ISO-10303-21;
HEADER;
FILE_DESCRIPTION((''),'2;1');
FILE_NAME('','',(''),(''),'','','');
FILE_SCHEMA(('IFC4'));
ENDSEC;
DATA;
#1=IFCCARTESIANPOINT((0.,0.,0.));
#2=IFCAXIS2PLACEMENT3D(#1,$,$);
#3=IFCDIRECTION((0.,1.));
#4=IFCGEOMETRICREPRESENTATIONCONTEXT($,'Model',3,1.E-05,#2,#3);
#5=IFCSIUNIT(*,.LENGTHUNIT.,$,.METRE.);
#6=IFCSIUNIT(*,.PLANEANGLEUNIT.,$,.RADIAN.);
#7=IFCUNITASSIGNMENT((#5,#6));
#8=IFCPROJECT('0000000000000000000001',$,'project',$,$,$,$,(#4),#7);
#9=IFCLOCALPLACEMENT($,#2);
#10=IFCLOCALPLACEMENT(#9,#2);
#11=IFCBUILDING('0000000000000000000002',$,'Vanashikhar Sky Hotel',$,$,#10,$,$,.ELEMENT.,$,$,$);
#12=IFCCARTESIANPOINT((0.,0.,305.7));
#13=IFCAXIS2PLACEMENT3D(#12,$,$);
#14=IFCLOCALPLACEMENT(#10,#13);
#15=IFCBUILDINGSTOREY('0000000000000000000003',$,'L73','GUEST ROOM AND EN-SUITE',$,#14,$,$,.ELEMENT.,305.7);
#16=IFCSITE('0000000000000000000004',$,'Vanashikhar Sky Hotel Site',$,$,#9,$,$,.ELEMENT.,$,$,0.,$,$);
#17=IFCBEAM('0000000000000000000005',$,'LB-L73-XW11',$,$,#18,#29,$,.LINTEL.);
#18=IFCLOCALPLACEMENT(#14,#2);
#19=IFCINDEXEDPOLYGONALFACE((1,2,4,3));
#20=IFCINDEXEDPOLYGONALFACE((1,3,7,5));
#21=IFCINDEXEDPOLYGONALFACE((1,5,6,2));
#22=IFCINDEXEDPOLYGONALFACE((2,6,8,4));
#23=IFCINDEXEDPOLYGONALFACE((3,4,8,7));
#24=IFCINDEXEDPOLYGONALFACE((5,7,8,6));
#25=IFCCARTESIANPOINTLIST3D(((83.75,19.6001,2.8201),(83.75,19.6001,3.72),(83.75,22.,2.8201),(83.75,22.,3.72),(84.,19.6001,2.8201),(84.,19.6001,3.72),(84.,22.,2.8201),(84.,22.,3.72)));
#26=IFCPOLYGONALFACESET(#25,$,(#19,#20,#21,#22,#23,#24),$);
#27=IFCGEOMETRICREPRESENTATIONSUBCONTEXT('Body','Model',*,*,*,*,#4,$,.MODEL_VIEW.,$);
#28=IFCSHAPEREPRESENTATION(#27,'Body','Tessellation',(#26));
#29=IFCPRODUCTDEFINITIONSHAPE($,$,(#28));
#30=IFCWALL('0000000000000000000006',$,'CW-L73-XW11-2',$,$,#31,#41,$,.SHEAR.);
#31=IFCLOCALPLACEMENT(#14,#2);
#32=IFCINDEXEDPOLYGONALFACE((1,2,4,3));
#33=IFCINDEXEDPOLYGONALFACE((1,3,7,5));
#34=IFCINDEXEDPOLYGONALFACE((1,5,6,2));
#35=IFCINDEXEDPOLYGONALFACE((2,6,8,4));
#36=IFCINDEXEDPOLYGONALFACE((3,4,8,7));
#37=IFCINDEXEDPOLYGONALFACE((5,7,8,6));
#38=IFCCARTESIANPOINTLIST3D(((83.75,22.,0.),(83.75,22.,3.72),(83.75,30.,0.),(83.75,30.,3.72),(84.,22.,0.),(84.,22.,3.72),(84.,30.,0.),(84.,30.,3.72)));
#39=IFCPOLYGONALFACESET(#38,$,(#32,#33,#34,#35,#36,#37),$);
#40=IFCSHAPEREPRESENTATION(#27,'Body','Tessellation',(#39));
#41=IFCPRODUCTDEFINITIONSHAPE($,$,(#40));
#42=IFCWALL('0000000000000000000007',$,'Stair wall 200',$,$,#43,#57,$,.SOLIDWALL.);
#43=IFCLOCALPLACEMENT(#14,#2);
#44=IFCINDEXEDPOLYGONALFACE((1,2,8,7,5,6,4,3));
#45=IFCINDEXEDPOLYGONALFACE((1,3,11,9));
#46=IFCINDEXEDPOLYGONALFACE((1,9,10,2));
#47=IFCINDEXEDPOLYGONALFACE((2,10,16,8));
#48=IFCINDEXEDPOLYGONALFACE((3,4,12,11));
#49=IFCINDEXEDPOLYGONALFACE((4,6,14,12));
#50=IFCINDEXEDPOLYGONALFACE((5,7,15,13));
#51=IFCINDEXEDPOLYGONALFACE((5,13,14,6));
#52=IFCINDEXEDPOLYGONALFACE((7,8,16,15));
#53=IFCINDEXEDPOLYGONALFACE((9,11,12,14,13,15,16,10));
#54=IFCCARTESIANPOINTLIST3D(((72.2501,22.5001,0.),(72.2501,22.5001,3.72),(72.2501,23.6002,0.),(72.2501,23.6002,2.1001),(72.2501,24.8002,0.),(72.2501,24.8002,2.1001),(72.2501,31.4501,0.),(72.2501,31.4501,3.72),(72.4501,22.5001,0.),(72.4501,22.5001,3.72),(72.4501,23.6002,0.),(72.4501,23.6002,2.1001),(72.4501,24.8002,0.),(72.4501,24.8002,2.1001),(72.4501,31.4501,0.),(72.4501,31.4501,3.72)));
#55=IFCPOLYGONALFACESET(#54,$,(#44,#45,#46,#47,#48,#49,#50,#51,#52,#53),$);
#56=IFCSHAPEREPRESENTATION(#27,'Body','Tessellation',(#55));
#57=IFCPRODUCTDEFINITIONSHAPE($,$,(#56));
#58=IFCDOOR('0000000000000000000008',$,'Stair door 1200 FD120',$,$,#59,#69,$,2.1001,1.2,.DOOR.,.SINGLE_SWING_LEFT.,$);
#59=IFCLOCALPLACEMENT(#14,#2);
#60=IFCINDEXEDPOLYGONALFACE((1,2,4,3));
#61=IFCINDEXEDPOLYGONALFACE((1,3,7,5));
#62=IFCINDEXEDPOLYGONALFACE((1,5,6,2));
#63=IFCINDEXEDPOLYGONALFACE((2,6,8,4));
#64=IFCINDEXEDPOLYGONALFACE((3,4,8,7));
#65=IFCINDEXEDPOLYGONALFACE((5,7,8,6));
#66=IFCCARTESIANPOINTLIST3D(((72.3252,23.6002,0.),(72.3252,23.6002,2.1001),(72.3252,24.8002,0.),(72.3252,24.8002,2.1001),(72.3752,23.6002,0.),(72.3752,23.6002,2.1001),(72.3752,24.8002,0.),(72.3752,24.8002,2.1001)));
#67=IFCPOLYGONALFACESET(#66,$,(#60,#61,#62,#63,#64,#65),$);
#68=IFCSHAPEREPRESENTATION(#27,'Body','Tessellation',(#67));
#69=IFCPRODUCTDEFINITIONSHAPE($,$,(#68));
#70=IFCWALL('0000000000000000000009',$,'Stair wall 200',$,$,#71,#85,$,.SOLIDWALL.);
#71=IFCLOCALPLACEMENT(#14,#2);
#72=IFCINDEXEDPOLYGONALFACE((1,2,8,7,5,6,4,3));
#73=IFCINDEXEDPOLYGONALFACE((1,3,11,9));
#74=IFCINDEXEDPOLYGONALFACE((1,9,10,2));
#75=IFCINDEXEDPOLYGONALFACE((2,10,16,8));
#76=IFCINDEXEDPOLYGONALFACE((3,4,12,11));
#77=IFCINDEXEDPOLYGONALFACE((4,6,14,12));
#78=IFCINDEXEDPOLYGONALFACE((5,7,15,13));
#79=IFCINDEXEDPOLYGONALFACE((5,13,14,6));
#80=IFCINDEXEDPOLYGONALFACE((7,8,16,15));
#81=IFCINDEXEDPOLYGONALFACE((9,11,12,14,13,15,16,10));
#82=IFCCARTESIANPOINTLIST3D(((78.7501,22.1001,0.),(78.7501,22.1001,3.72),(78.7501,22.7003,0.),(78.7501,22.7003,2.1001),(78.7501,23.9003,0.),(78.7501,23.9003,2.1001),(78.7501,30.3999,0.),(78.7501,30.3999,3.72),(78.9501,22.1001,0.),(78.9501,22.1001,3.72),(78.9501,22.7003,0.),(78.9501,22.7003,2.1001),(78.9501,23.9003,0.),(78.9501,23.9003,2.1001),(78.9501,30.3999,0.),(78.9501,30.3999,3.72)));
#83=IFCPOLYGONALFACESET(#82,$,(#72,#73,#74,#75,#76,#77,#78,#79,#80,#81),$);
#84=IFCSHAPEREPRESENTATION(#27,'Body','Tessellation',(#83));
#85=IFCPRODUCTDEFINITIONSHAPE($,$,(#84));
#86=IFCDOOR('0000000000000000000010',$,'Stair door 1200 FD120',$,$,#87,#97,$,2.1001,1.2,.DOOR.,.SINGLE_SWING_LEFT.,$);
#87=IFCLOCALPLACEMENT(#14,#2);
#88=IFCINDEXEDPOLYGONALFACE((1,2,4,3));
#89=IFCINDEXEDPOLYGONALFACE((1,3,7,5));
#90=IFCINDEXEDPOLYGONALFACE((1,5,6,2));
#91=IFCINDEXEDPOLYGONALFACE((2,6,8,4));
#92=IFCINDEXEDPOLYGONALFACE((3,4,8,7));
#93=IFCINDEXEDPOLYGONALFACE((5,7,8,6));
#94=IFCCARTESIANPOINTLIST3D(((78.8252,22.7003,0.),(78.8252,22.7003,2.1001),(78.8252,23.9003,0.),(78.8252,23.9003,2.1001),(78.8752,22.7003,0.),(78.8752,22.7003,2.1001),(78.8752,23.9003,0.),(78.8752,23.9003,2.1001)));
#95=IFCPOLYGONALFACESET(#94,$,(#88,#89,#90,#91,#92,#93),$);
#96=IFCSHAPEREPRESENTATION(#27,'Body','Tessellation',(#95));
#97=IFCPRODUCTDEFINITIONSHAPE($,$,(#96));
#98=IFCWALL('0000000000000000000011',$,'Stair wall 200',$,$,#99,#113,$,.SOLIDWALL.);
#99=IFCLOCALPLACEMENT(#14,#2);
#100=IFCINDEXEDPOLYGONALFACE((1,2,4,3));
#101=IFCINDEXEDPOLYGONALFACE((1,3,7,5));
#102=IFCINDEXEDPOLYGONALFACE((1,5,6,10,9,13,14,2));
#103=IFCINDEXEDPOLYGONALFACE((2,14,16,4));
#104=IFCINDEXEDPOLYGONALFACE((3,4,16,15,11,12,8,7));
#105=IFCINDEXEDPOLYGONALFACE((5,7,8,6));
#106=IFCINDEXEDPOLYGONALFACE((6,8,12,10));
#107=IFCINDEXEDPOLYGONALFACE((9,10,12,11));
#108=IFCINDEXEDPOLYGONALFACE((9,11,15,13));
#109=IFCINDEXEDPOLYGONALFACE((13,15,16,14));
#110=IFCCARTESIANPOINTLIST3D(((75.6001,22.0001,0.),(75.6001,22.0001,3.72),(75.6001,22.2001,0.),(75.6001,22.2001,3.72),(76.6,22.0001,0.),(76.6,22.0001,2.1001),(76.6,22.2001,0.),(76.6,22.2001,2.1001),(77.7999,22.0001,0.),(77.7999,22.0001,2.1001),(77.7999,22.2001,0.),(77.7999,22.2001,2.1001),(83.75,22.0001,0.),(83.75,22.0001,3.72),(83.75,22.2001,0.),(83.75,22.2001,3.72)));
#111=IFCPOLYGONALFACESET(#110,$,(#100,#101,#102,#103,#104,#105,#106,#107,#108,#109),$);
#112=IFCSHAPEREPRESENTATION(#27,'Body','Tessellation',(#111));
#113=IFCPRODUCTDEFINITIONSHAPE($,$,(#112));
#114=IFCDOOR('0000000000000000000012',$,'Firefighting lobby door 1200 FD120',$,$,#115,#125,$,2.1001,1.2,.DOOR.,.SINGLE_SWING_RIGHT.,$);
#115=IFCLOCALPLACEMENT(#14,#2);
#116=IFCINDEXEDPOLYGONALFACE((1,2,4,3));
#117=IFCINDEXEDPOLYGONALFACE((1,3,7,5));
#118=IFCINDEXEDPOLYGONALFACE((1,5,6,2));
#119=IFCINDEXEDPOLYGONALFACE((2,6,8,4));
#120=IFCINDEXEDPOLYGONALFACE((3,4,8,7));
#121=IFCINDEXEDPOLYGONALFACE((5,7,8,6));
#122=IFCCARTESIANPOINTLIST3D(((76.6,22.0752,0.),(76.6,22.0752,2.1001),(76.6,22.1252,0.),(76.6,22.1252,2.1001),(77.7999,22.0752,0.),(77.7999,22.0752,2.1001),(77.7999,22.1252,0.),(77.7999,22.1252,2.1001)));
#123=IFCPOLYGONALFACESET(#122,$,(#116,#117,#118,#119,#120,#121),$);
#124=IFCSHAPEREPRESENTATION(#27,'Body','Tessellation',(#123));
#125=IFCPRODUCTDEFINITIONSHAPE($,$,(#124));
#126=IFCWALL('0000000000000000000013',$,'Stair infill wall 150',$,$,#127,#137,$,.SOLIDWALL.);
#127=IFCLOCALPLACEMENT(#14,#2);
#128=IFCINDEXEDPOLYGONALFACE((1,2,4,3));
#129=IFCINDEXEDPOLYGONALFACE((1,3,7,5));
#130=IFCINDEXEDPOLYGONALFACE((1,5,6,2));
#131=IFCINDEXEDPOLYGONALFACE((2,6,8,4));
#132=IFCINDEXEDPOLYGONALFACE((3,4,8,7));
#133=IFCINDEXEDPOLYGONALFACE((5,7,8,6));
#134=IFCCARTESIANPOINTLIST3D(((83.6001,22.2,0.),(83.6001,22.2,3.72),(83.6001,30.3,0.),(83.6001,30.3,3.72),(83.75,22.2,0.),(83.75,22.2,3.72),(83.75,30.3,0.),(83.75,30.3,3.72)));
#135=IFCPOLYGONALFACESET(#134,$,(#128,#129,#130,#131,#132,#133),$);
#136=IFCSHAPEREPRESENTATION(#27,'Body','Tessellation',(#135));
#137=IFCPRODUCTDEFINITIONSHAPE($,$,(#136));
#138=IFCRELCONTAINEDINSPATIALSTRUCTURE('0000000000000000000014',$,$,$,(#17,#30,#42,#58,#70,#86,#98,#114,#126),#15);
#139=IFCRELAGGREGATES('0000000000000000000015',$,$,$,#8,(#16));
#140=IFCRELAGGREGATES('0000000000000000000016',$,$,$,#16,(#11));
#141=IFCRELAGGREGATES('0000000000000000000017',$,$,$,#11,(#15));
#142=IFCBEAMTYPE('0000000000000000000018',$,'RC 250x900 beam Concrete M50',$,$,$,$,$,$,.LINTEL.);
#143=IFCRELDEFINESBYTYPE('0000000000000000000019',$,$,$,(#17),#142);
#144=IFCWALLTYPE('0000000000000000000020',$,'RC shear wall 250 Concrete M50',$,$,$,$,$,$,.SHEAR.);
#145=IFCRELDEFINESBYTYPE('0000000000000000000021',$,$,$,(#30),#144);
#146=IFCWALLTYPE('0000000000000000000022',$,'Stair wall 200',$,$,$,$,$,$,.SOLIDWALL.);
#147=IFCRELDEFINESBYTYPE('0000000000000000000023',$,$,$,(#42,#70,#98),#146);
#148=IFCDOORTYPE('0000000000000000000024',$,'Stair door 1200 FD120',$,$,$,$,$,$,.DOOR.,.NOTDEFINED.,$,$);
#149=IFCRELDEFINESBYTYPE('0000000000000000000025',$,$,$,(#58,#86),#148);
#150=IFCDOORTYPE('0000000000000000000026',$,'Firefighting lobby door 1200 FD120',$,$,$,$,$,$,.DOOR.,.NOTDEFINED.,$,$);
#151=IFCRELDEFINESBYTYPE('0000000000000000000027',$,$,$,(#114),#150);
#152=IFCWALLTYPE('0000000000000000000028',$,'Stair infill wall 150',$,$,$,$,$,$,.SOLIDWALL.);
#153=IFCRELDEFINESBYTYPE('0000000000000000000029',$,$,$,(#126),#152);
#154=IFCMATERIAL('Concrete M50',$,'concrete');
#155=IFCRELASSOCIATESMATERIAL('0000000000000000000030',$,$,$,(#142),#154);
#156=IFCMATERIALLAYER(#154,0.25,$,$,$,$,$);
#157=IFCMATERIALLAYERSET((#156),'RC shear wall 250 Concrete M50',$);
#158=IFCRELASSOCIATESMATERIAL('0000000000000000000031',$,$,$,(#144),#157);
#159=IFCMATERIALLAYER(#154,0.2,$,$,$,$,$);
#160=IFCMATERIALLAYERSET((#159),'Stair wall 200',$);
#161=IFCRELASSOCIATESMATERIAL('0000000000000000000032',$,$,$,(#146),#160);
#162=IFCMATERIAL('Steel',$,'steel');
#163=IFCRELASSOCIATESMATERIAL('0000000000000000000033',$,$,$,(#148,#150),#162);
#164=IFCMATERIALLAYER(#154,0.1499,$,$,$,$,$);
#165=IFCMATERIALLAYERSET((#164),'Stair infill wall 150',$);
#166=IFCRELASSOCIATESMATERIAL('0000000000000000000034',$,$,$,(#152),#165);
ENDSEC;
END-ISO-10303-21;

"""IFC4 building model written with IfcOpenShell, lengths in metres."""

from ifc_helpers import new_model, si_unit, direction, frame, frame_2d, origin, origin_2d, place, context, subcontext, project, spatial, rectangle, extrude, source, transform, mapped, material, layer, layer_set, material_profile, profile_set, type_object, element, fill, save


model = new_model("IFC4")

# Units and contexts
model_context = context("Model", 3, precision=1e-05, world=origin(), true_north=direction((0.0, 1.0)))
body_context = subcontext(model_context, "Body", "Model", "MODEL_VIEW")
ifc_project = project(units=[si_unit("LENGTHUNIT", "METRE"), si_unit("PLANEANGLEUNIT", "RADIAN")], contexts=[model_context])

# Site, building, storey
site_placement = place(None, origin())
site = spatial("IfcSite", under=ifc_project, at=site_placement, Name="Vanashikhar Sky Hotel Site", CompositionType="ELEMENT", RefElevation=0.0)
building_placement = place(site_placement, origin())
building = spatial("IfcBuilding", under=site, at=building_placement, Name="Vanashikhar Sky Hotel", CompositionType="ELEMENT")
storey_placement = place(building_placement, frame((0.0, 0.0, 305.7)))
storey = spatial("IfcBuildingStorey", under=building, at=storey_placement, Name="L73", Description="GUEST ROOM AND EN-SUITE", CompositionType="ELEMENT", Elevation=305.7)

# Beam
ifc_material_1 = material(Name="Concrete M50", Category="concrete")
ifc_material_profile = material_profile(ifc_material_1, rectangle(XDim=0.25, YDim=0.8999, at=origin_2d()))
ifc_profile_set = profile_set([ifc_material_profile], Name="RC 250x900 beam Concrete M50")
beam_type = type_object("IfcBeamType", Name="RC 250x900 beam Concrete M50", PredefinedType="LINTEL", material=ifc_profile_set)
shared_shape_1 = source(origin(), body_context, "Body", "SweptSolid", [
    extrude(rectangle(XDim=0.25, YDim=0.8999, at=origin_2d()), origin(), (0.0, 0.0, 1.0), 2.3999),
])
beam_placement = place(storey_placement, frame((83.875, 19.6001, 3.27), z_axis=(0.0, 1.0, 0.0), x_axis=(-1.0, 0.0, 0.0)))
element("IfcBeam", 1, at=beam_placement, inside=storey, type_object=beam_type, Name="LB-L73-XW11", PredefinedType="LINTEL", context=body_context, shape_type="MappedRepresentation", body=[
    mapped(shared_shape_1, transform((0.0, 0.0, 0.0), scale=1.0)),
])

# Wall
ifc_layer_1 = layer(ifc_material_1, 0.25)
ifc_layer_set_1 = layer_set([ifc_layer_1], Name="RC shear wall 250 Concrete M50")
wall_type_1 = type_object("IfcWallType", Name="RC shear wall 250 Concrete M50", PredefinedType="SHEAR", material=ifc_layer_set_1)
shared_shape_2 = source(origin(), body_context, "Body", "SweptSolid", [
    extrude(rectangle(XDim=8.0, YDim=0.25, at=frame_2d((4.0, 0.0))), origin(), (0.0, 0.0, 1.0), 3.72),
])
wall_1_placement = place(storey_placement, frame((83.875, 22.0, 0.0), z_axis=(0.0, 0.0, 1.0), x_axis=(0.0, 1.0, 0.0)))
element("IfcWall", 2, at=wall_1_placement, inside=storey, type_object=wall_type_1, Name="CW-L73-XW11-2", PredefinedType="SHEAR", context=body_context, shape_type="MappedRepresentation", body=[
    mapped(shared_shape_2, transform((0.0, 0.0, 0.0), scale=1.0)),
])

# Walls, openings, doors
ifc_layer_2 = layer(ifc_material_1, 0.2)
ifc_layer_set_2 = layer_set([ifc_layer_2], Name="Stair wall 200")
wall_type_2 = type_object("IfcWallType", Name="Stair wall 200", PredefinedType="SOLIDWALL", material=ifc_layer_set_2)
shared_shape_3 = source(origin(), body_context, "Body", "SweptSolid", [
    extrude(rectangle(XDim=8.95, YDim=0.2, at=frame_2d((4.4751, 0.0))), origin(), (0.0, 0.0, 1.0), 3.72),
])
wall_2_placement = place(storey_placement, frame((72.3501, 22.5, 0.0), z_axis=(0.0, 0.0, 1.0), x_axis=(0.0, 1.0, 0.0)))
wall_2 = element("IfcWall", 3, at=wall_2_placement, inside=storey, type_object=wall_type_2, Name="Stair wall 200", PredefinedType="SOLIDWALL", context=body_context, shape_type="MappedRepresentation", body=[
    mapped(shared_shape_3, transform((0.0, 0.0, 0.0), scale=1.0)),
])
shared_shape_4 = source(origin(), body_context, "Body", "SweptSolid", [
    extrude(rectangle(XDim=1.2, YDim=2.1001, at=frame_2d((0.6001, 1.05))), frame((0.0, 0.1099, 0.0), z_axis=(0.0, -1.0, 0.0), x_axis=(1.0, 0.0, 0.0)), (0.0, 0.0, 1.0), 0.22),
])
opening_1_placement = place(wall_2_placement, frame((1.1001, 0.0, 0.0)))
opening_1 = element("IfcOpeningElement", 4, at=opening_1_placement, cuts=wall_2, PredefinedType="OPENING", context=body_context, shape_type="MappedRepresentation", body=[
    mapped(shared_shape_4, transform((0.0, 0.0, 0.0), scale=1.0)),
])
ifc_material_2 = material(Name="Steel", Category="steel")
door_type_1 = type_object("IfcDoorType", Name="Stair door 1200 FD120", OperationType="NOTDEFINED", PredefinedType="DOOR", material=ifc_material_2)
shared_shape_5 = source(origin(), body_context, "Body", "SweptSolid", [
    extrude(rectangle(XDim=1.2, YDim=2.1001, at=frame_2d((0.6001, 1.05))), frame((0.0, 0.0249, 0.0), z_axis=(0.0, -1.0, 0.0), x_axis=(1.0, 0.0, 0.0)), (0.0, 0.0, 1.0), 0.05),
])
door_1_placement = place(opening_1_placement, origin())
door_1 = element("IfcDoor", 5, at=door_1_placement, inside=storey, type_object=door_type_1, Name="Stair door 1200 FD120", OperationType="SINGLE_SWING_LEFT", OverallHeight=2.1001, OverallWidth=1.2, PredefinedType="DOOR", context=body_context, shape_type="MappedRepresentation", body=[
    mapped(shared_shape_5, transform((0.0, 0.0, 0.0), scale=1.0)),
])
fill(opening_1, door_1)
shared_shape_6 = source(origin(), body_context, "Body", "SweptSolid", [
    extrude(rectangle(XDim=8.2998, YDim=0.2, at=frame_2d((4.1499, 0.0))), origin(), (0.0, 0.0, 1.0), 3.72),
])
wall_3_placement = place(storey_placement, frame((78.8501, 22.1001, 0.0), z_axis=(0.0, 0.0, 1.0), x_axis=(0.0, 1.0, 0.0)))
wall_3 = element("IfcWall", 6, at=wall_3_placement, inside=storey, type_object=wall_type_2, Name="Stair wall 200", PredefinedType="SOLIDWALL", context=body_context, shape_type="MappedRepresentation", body=[
    mapped(shared_shape_6, transform((0.0, 0.0, 0.0), scale=1.0)),
])
opening_2_placement = place(wall_3_placement, frame((0.6001, 0.0, 0.0)))
opening_2 = element("IfcOpeningElement", 7, at=opening_2_placement, cuts=wall_3, PredefinedType="OPENING", context=body_context, shape_type="MappedRepresentation", body=[
    mapped(shared_shape_4, transform((0.0, 0.0, 0.0), scale=1.0)),
])
door_2_placement = place(opening_2_placement, origin())
door_2 = element("IfcDoor", 8, at=door_2_placement, inside=storey, type_object=door_type_1, Name="Stair door 1200 FD120", OperationType="SINGLE_SWING_LEFT", OverallHeight=2.1001, OverallWidth=1.2, PredefinedType="DOOR", context=body_context, shape_type="MappedRepresentation", body=[
    mapped(shared_shape_5, transform((0.0, 0.0, 0.0), scale=1.0)),
])
fill(opening_2, door_2)
shared_shape_7 = source(origin(), body_context, "Body", "SweptSolid", [
    extrude(rectangle(XDim=8.1499, YDim=0.2, at=frame_2d((4.075, 0.0))), origin(), (0.0, 0.0, 1.0), 3.72),
])
wall_4_placement = place(storey_placement, frame((83.75, 22.1001, 0.0), z_axis=(0.0, 0.0, 1.0), x_axis=(-1.0, 0.0, 0.0)))
wall_4 = element("IfcWall", 9, at=wall_4_placement, inside=storey, type_object=wall_type_2, Name="Stair wall 200", PredefinedType="SOLIDWALL", context=body_context, shape_type="MappedRepresentation", body=[
    mapped(shared_shape_7, transform((0.0, 0.0, 0.0), scale=1.0)),
])
opening_3_placement = place(wall_4_placement, frame((5.95, 0.0, 0.0)))
opening_3 = element("IfcOpeningElement", 10, at=opening_3_placement, cuts=wall_4, PredefinedType="OPENING", context=body_context, shape_type="MappedRepresentation", body=[
    mapped(shared_shape_4, transform((0.0, 0.0, 0.0), scale=1.0)),
])
door_type_2 = type_object("IfcDoorType", Name="Firefighting lobby door 1200 FD120", OperationType="NOTDEFINED", PredefinedType="DOOR", material=ifc_material_2)
door_3_placement = place(opening_3_placement, origin())
door_3 = element("IfcDoor", 11, at=door_3_placement, inside=storey, type_object=door_type_2, Name="Firefighting lobby door 1200 FD120", OperationType="SINGLE_SWING_RIGHT", OverallHeight=2.1001, OverallWidth=1.2, PredefinedType="DOOR", context=body_context, shape_type="MappedRepresentation", body=[
    mapped(shared_shape_5, transform((0.0, 0.0, 0.0), scale=1.0)),
])
fill(opening_3, door_3)

# Wall
ifc_layer_3 = layer(ifc_material_1, 0.1499)
ifc_layer_set_3 = layer_set([ifc_layer_3], Name="Stair infill wall 150")
wall_type_3 = type_object("IfcWallType", Name="Stair infill wall 150", PredefinedType="SOLIDWALL", material=ifc_layer_set_3)
shared_shape_8 = source(origin(), body_context, "Body", "SweptSolid", [
    extrude(rectangle(XDim=8.1001, YDim=0.1499, at=frame_2d((4.05, 0.0))), origin(), (0.0, 0.0, 1.0), 3.72),
])
wall_5_placement = place(storey_placement, frame((83.675, 22.2, 0.0), z_axis=(0.0, 0.0, 1.0), x_axis=(0.0, 1.0, 0.0)))
element("IfcWall", 12, at=wall_5_placement, inside=storey, type_object=wall_type_3, Name="Stair infill wall 150", PredefinedType="SOLIDWALL", context=body_context, shape_type="MappedRepresentation", body=[
    mapped(shared_shape_8, transform((0.0, 0.0, 0.0), scale=1.0)),
])

save(model, "model.ifc")
